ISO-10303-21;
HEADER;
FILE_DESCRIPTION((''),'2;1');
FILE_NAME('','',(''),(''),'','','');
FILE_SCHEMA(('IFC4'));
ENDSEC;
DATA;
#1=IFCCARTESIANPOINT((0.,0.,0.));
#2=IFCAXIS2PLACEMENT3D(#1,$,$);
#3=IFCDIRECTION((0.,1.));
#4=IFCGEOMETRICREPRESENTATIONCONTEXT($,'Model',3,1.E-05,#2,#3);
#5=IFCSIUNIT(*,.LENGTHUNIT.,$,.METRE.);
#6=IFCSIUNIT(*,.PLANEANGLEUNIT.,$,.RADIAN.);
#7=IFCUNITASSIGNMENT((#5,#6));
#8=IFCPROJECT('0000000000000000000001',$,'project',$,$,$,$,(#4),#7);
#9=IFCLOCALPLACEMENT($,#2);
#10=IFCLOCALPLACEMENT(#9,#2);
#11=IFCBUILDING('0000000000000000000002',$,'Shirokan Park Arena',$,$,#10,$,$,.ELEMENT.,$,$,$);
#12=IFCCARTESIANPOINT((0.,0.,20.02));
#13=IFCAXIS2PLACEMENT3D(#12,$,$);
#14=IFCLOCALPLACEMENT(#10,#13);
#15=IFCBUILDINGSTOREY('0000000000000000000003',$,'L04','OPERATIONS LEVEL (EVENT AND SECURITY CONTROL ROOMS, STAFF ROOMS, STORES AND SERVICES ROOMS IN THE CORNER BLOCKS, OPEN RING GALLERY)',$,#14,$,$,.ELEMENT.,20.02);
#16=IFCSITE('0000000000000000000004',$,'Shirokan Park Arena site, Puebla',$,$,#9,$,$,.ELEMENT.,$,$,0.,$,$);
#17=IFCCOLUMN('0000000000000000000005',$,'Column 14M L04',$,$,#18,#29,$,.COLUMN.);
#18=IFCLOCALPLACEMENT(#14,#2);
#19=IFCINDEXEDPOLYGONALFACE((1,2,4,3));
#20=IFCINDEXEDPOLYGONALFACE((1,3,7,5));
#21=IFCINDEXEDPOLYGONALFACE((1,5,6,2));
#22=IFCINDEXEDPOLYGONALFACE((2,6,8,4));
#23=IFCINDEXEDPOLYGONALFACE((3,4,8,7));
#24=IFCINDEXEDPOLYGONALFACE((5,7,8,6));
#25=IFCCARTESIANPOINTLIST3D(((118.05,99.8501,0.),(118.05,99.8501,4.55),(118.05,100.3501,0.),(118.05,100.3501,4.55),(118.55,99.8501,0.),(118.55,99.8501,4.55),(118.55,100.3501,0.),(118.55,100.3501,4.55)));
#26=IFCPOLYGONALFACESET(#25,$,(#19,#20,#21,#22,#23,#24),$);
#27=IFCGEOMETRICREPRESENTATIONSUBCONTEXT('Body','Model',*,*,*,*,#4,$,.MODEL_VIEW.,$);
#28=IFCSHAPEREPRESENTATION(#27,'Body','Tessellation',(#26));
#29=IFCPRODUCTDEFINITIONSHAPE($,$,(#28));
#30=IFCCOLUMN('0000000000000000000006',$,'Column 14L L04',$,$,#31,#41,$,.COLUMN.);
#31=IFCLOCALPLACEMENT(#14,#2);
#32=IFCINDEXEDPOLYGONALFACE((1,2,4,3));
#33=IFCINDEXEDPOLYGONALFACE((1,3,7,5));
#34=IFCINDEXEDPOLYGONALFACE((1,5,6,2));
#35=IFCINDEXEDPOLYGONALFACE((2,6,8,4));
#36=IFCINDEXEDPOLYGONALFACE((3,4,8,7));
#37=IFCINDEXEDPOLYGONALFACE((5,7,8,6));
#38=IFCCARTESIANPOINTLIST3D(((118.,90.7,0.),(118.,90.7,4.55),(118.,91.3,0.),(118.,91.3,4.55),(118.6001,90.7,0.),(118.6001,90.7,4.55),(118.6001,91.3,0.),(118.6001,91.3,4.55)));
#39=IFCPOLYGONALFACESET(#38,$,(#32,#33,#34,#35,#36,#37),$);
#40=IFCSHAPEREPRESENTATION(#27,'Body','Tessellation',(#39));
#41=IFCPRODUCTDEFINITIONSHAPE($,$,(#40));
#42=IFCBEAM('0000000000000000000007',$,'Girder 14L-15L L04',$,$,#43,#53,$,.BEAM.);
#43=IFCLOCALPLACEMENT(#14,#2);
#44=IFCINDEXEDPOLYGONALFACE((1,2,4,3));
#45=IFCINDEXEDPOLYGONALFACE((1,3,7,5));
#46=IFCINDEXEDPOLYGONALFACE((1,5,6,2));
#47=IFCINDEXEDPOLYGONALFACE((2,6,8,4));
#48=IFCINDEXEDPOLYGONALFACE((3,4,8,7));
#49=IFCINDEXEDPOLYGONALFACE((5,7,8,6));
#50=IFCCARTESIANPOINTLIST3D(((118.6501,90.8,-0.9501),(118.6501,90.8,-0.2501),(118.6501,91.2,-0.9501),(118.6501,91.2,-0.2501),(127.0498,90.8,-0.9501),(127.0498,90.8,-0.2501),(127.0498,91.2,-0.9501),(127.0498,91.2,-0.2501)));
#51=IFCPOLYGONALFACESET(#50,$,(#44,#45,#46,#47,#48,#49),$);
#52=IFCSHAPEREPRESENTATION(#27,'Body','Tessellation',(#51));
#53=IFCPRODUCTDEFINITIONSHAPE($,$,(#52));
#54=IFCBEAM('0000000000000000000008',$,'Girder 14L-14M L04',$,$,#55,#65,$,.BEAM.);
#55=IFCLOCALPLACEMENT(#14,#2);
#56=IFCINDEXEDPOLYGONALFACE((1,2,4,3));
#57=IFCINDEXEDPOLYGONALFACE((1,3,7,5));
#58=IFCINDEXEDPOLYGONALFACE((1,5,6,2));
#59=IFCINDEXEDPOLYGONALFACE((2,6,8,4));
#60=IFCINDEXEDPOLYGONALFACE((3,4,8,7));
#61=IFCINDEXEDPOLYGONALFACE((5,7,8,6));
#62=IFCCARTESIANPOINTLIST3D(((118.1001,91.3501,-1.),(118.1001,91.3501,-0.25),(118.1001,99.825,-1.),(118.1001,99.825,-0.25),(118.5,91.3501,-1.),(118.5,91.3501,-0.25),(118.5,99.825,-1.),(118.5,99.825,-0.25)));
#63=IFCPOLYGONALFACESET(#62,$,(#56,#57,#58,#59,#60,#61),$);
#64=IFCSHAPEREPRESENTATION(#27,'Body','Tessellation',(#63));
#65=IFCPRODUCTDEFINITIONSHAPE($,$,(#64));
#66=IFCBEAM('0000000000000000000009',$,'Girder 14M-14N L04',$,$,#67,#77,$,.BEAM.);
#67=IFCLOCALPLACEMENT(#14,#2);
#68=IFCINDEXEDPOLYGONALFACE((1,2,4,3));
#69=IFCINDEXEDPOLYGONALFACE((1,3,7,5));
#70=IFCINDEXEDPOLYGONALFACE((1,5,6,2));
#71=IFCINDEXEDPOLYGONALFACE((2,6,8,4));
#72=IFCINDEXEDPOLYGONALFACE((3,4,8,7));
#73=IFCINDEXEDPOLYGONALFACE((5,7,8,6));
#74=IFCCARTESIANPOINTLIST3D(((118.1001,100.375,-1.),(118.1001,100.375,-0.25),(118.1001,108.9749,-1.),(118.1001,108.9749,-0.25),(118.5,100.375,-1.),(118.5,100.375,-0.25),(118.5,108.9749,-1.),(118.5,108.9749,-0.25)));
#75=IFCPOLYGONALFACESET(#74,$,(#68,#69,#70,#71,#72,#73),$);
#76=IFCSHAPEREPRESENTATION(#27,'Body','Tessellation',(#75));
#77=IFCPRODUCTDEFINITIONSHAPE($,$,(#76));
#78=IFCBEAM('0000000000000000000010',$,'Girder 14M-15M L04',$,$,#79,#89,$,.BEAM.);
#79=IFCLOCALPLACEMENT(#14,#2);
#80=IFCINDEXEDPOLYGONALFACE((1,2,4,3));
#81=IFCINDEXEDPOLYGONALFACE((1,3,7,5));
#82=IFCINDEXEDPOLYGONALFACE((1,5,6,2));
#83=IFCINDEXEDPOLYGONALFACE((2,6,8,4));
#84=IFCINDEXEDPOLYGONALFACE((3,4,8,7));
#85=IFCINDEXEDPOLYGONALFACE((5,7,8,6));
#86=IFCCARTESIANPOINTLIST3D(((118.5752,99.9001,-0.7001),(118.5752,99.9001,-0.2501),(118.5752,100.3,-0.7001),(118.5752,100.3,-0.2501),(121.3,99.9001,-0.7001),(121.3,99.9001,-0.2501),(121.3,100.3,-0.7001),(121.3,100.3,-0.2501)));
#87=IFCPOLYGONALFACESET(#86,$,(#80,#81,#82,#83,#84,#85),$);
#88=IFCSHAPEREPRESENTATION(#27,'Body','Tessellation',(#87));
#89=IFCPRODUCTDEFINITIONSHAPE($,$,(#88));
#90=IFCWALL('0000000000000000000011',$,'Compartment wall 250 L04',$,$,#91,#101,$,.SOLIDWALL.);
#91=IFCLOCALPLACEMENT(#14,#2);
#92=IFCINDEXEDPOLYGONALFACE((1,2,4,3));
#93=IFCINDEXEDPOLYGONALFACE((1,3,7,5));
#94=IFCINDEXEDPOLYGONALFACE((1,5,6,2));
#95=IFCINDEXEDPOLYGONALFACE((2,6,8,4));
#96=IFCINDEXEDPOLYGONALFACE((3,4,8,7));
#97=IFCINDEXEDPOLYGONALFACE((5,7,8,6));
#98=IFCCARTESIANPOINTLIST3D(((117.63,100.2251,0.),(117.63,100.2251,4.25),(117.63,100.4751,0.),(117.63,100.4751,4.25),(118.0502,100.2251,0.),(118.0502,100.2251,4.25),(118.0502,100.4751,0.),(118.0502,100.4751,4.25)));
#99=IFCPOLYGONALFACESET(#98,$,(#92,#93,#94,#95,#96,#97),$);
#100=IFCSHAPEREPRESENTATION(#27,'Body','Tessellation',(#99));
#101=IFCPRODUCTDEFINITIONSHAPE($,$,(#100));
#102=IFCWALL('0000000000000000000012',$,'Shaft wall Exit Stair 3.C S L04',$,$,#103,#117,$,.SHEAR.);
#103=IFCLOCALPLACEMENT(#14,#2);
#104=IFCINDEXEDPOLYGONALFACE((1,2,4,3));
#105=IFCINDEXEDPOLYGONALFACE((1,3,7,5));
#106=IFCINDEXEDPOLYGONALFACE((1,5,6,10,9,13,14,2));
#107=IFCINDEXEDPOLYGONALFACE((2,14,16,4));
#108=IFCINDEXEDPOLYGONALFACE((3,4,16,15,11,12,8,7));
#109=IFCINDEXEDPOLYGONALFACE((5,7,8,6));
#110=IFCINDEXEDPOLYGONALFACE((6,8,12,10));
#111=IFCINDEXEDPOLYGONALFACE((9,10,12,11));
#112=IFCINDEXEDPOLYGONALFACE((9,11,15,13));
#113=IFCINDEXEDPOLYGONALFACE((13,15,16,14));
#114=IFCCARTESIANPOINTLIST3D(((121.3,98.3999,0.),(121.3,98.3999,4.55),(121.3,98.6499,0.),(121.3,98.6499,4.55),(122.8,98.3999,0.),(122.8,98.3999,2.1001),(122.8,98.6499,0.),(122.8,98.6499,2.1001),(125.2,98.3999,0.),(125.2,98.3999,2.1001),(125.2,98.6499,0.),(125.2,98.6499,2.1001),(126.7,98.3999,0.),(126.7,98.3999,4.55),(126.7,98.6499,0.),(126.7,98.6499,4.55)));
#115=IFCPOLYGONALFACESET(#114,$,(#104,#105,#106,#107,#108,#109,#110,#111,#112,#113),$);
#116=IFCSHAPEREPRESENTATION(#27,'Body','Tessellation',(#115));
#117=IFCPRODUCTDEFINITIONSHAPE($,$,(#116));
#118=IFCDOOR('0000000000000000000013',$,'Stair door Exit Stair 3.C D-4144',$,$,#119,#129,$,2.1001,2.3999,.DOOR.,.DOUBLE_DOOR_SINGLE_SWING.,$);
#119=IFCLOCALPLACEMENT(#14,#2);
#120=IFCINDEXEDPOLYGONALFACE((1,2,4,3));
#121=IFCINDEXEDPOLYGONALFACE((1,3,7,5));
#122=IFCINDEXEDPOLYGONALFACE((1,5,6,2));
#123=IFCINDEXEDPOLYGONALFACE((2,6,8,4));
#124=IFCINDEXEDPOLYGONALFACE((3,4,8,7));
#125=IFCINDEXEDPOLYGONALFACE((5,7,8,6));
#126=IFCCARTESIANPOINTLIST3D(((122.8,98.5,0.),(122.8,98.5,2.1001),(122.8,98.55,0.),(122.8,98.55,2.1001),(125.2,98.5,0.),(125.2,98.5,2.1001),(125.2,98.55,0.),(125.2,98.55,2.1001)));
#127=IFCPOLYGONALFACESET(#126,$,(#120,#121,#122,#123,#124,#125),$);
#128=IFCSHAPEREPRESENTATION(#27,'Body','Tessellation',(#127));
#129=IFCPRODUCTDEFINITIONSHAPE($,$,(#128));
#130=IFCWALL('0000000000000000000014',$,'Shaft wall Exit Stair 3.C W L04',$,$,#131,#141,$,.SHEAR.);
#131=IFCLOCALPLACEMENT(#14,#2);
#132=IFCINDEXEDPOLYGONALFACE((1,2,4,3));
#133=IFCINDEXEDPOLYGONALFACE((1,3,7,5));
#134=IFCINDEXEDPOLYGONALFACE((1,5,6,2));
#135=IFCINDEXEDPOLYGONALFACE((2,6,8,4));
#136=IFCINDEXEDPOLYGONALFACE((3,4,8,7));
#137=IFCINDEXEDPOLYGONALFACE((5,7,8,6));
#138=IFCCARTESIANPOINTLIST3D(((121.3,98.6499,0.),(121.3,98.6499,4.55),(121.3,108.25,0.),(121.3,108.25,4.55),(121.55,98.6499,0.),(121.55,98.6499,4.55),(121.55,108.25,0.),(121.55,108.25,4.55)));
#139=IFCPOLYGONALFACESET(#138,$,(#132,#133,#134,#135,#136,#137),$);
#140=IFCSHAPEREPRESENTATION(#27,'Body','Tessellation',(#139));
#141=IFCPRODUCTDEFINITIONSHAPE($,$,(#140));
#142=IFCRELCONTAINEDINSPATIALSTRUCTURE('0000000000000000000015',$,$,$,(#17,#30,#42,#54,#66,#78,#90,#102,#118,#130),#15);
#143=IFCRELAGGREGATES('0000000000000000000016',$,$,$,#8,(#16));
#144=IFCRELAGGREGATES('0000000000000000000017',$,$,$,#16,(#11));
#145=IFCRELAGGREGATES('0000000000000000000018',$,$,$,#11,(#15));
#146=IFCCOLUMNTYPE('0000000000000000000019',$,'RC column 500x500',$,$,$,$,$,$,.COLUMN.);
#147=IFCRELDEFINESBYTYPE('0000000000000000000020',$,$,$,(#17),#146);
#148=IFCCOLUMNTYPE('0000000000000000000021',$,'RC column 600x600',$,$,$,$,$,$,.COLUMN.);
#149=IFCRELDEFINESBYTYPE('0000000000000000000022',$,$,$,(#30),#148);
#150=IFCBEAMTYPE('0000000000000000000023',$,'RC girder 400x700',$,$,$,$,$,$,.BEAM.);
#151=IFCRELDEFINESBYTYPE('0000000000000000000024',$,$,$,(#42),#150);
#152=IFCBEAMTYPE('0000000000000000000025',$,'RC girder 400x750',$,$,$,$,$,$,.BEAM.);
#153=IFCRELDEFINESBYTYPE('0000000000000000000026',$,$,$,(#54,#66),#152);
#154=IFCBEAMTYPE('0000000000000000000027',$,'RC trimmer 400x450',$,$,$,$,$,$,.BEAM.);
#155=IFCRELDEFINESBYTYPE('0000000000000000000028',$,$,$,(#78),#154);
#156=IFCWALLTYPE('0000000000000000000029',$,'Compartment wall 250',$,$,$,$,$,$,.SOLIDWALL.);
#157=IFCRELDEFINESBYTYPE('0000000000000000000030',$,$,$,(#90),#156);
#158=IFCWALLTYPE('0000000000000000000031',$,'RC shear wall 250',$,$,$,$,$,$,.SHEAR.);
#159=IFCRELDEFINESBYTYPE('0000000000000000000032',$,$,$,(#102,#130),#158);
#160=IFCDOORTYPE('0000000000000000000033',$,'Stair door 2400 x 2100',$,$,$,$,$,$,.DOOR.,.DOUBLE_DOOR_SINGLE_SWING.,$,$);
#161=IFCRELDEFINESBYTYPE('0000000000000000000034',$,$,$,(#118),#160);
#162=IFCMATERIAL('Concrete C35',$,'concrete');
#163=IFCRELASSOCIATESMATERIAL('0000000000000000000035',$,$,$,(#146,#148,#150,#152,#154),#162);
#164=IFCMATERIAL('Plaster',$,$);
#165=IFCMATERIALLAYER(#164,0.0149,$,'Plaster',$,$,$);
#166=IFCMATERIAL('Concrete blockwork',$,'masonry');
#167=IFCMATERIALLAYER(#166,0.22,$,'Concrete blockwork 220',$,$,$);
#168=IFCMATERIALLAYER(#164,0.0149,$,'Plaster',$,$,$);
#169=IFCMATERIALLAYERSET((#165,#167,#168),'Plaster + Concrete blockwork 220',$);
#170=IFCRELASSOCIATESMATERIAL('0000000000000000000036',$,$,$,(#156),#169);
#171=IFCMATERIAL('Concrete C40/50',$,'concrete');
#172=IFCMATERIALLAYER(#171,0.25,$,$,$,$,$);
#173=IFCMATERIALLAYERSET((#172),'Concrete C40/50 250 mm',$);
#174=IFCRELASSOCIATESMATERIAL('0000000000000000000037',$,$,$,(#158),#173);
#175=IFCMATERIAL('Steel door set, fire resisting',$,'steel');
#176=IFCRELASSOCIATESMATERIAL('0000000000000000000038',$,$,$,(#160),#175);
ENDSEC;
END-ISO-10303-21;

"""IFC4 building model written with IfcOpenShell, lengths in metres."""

from ifc_helpers import new_model, si_unit, direction, frame, frame_2d, origin, origin_2d, place, context, subcontext, project, spatial, rectangle, extrude, material, layer, layer_set, material_profile, profile_set, type_object, element, fill, save


model = new_model("IFC4")

# Units and contexts
model_context = context("Model", 3, precision=1e-05, world=origin(), true_north=direction((0.0, 1.0)))
body_context = subcontext(model_context, "Body", "Model", "MODEL_VIEW")
ifc_project = project(units=[si_unit("LENGTHUNIT", "METRE"), si_unit("PLANEANGLEUNIT", "RADIAN")], contexts=[model_context])

# Site, building, storey
site_placement = place(None, origin())
site = spatial("IfcSite", under=ifc_project, at=site_placement, Name="Shirokan Park Arena site, Puebla", CompositionType="ELEMENT", RefElevation=0.0)
building_placement = place(site_placement, origin())
building = spatial("IfcBuilding", under=site, at=building_placement, Name="Shirokan Park Arena", CompositionType="ELEMENT")
storey_placement = place(building_placement, frame((0.0, 0.0, 20.02)))
storey = spatial("IfcBuildingStorey", under=building, at=storey_placement, Name="L04", Description="OPERATIONS LEVEL (EVENT AND SECURITY CONTROL ROOMS, STAFF ROOMS, STORES AND SERVICES ROOMS IN THE CORNER BLOCKS, OPEN RING GALLERY)", CompositionType="ELEMENT", Elevation=20.02)

# Columns
ifc_material_1 = material(Name="Concrete C35", Category="concrete")
ifc_material_profile_1 = material_profile(ifc_material_1, rectangle(XDim=0.5, YDim=0.5, at=origin_2d()), Name="500x500")
ifc_profile_set_1 = profile_set([ifc_material_profile_1], Name="Concrete C35")
column_type_1 = type_object("IfcColumnType", Name="RC column 500x500", PredefinedType="COLUMN", material=ifc_profile_set_1)
column_1_placement = place(storey_placement, frame((118.3, 100.1001, 0.0), z_axis=(0.0, 0.0, 1.0), x_axis=(1.0, 0.0, 0.0)))
element("IfcColumn", 1, at=column_1_placement, inside=storey, type_object=column_type_1, Name="Column 14M L04", PredefinedType="COLUMN", context=body_context, shape_type="SweptSolid", body=[
    extrude(rectangle(XDim=0.5, YDim=0.5, at=origin_2d()), origin(), (0.0, 0.0, 1.0), 4.55),
])
ifc_material_profile_2 = material_profile(ifc_material_1, rectangle(XDim=0.6001, YDim=0.6001, at=origin_2d()), Name="600x600")
ifc_profile_set_2 = profile_set([ifc_material_profile_2], Name="Concrete C35")
column_type_2 = type_object("IfcColumnType", Name="RC column 600x600", PredefinedType="COLUMN", material=ifc_profile_set_2)
column_2_placement = place(storey_placement, frame((118.3, 91.0, 0.0), z_axis=(0.0, 0.0, 1.0), x_axis=(1.0, 0.0, 0.0)))
element("IfcColumn", 2, at=column_2_placement, inside=storey, type_object=column_type_2, Name="Column 14L L04", PredefinedType="COLUMN", context=body_context, shape_type="SweptSolid", body=[
    extrude(rectangle(XDim=0.6001, YDim=0.6001, at=origin_2d()), origin(), (0.0, 0.0, 1.0), 4.55),
])

# Beams
ifc_material_profile_3 = material_profile(ifc_material_1, rectangle(XDim=0.3999, YDim=0.7, at=origin_2d()), Name="400x700")
ifc_profile_set_3 = profile_set([ifc_material_profile_3], Name="Concrete C35")
beam_type_1 = type_object("IfcBeamType", Name="RC girder 400x700", PredefinedType="BEAM", material=ifc_profile_set_3)
beam_1_placement = place(storey_placement, frame((118.6501, 91.0, -0.6001), z_axis=(1.0, 0.0, 0.0), x_axis=(0.0, 1.0, 0.0)))
element("IfcBeam", 3, at=beam_1_placement, inside=storey, type_object=beam_type_1, Name="Girder 14L-15L L04", PredefinedType="BEAM", context=body_context, shape_type="SweptSolid", body=[
    extrude(rectangle(XDim=0.3999, YDim=0.7, at=origin_2d()), origin(), (0.0, 0.0, 1.0), 8.3997),
])
ifc_material_profile_4 = material_profile(ifc_material_1, rectangle(XDim=0.3999, YDim=0.75, at=origin_2d()), Name="400x750")
ifc_profile_set_4 = profile_set([ifc_material_profile_4], Name="Concrete C35")
beam_type_2 = type_object("IfcBeamType", Name="RC girder 400x750", PredefinedType="BEAM", material=ifc_profile_set_4)
beam_2_placement = place(storey_placement, frame((118.3, 91.3501, -0.625), z_axis=(0.0, 1.0, 0.0), x_axis=(-1.0, 0.0, 0.0)))
element("IfcBeam", 4, at=beam_2_placement, inside=storey, type_object=beam_type_2, Name="Girder 14L-14M L04", PredefinedType="BEAM", context=body_context, shape_type="SweptSolid", body=[
    extrude(rectangle(XDim=0.3999, YDim=0.75, at=origin_2d()), origin(), (0.0, 0.0, 1.0), 8.4749),
])
beam_3_placement = place(storey_placement, frame((118.3, 100.375, -0.625), z_axis=(0.0, 1.0, 0.0), x_axis=(-1.0, 0.0, 0.0)))
element("IfcBeam", 5, at=beam_3_placement, inside=storey, type_object=beam_type_2, Name="Girder 14M-14N L04", PredefinedType="BEAM", context=body_context, shape_type="SweptSolid", body=[
    extrude(rectangle(XDim=0.3999, YDim=0.75, at=origin_2d()), origin(), (0.0, 0.0, 1.0), 8.5999),
])
ifc_material_profile_5 = material_profile(ifc_material_1, rectangle(XDim=0.3999, YDim=0.45, at=origin_2d()), Name="400x450")
ifc_profile_set_5 = profile_set([ifc_material_profile_5], Name="Concrete C35")
beam_type_3 = type_object("IfcBeamType", Name="RC trimmer 400x450", PredefinedType="BEAM", material=ifc_profile_set_5)
beam_4_placement = place(storey_placement, frame((118.5752, 100.1001, -0.4751), z_axis=(1.0, 0.0, 0.0), x_axis=(0.0, 1.0, 0.0)))
element("IfcBeam", 6, at=beam_4_placement, inside=storey, type_object=beam_type_3, Name="Girder 14M-15M L04", PredefinedType="BEAM", context=body_context, shape_type="SweptSolid", body=[
    extrude(rectangle(XDim=0.3999, YDim=0.45, at=origin_2d()), origin(), (0.0, 0.0, 1.0), 2.7249),
])

# Wall
ifc_material_2 = material(Name="Plaster")
ifc_layer_1 = layer(ifc_material_2, 0.0149, Name="Plaster")
ifc_material_3 = material(Name="Concrete blockwork", Category="masonry")
ifc_layer_2 = layer(ifc_material_3, 0.22, Name="Concrete blockwork 220")
ifc_layer_3 = layer(ifc_material_2, 0.0149, Name="Plaster")
ifc_layer_set_1 = layer_set([ifc_layer_1, ifc_layer_2, ifc_layer_3], Name="Plaster + Concrete blockwork 220")
wall_type_1 = type_object("IfcWallType", Name="Compartment wall 250", PredefinedType="SOLIDWALL", material=ifc_layer_set_1)
wall_1_placement = place(storey_placement, frame((118.05, 100.3501, 0.0), z_axis=(0.0, 0.0, 1.0), x_axis=(-1.0, 0.0, 0.0)))
element("IfcWall", 7, at=wall_1_placement, inside=storey, type_object=wall_type_1, Name="Compartment wall 250 L04", PredefinedType="SOLIDWALL", context=body_context, shape_type="SweptSolid", body=[
    extrude(rectangle(XDim=0.4202, YDim=0.25, at=frame_2d((0.21, 0.0))), origin(), (0.0, 0.0, 1.0), 4.25),
])

# Wall, opening, door
ifc_material_4 = material(Name="Concrete C40/50", Category="concrete")
ifc_layer_4 = layer(ifc_material_4, 0.25)
ifc_layer_set_2 = layer_set([ifc_layer_4], Name="Concrete C40/50 250 mm")
wall_type_2 = type_object("IfcWallType", Name="RC shear wall 250", PredefinedType="SHEAR", material=ifc_layer_set_2)
wall_2_placement = place(storey_placement, frame((126.7, 98.5249, 0.0), z_axis=(0.0, 0.0, 1.0), x_axis=(-1.0, 0.0, 0.0)))
wall_2 = element("IfcWall", 8, at=wall_2_placement, inside=storey, type_object=wall_type_2, Name="Shaft wall Exit Stair 3.C S L04", PredefinedType="SHEAR", context=body_context, shape_type="SweptSolid", body=[
    extrude(rectangle(XDim=5.3999, YDim=0.25, at=frame_2d((2.7, 0.0))), origin(), (0.0, 0.0, 1.0), 4.55),
])
opening_1_placement = place(wall_2_placement, frame((1.5, 0.0, 0.0)))
opening_1 = element("IfcOpeningElement", 9, at=opening_1_placement, cuts=wall_2, PredefinedType="OPENING", context=body_context, shape_type="SweptSolid", body=[
    extrude(rectangle(XDim=2.3999, YDim=2.1001, at=frame_2d((1.2, 1.05))), frame((0.0, 0.135, 0.0), z_axis=(0.0, -1.0, 0.0), x_axis=(1.0, 0.0, 0.0)), (0.0, 0.0, 1.0), 0.27),
])
ifc_material_5 = material(Name="Steel door set, fire resisting", Category="steel")
door_type_1 = type_object("IfcDoorType", Name="Stair door 2400 x 2100", OperationType="DOUBLE_DOOR_SINGLE_SWING", PredefinedType="DOOR", material=ifc_material_5)
door_1_placement = place(opening_1_placement, origin())
door_1 = element("IfcDoor", 10, at=door_1_placement, inside=storey, type_object=door_type_1, Name="Stair door Exit Stair 3.C D-4144", OperationType="DOUBLE_DOOR_SINGLE_SWING", OverallHeight=2.1001, OverallWidth=2.3999, PredefinedType="DOOR", context=body_context, shape_type="SweptSolid", body=[
    extrude(rectangle(XDim=2.3999, YDim=2.1001, at=frame_2d((1.2, 1.05))), frame((0.0, 0.0249, 0.0), z_axis=(0.0, -1.0, 0.0), x_axis=(1.0, 0.0, 0.0)), (0.0, 0.0, 1.0), 0.05),
])
fill(opening_1, door_1)

# Wall
wall_3_placement = place(storey_placement, frame((121.425, 108.25, 0.0), z_axis=(0.0, 0.0, 1.0), x_axis=(0.0, -1.0, 0.0)))
element("IfcWall", 11, at=wall_3_placement, inside=storey, type_object=wall_type_2, Name="Shaft wall Exit Stair 3.C W L04", PredefinedType="SHEAR", context=body_context, shape_type="SweptSolid", body=[
    extrude(rectangle(XDim=9.6001, YDim=0.25, at=frame_2d((4.8, 0.0))), origin(), (0.0, 0.0, 1.0), 4.55),
])

save(model, "model.ifc")
